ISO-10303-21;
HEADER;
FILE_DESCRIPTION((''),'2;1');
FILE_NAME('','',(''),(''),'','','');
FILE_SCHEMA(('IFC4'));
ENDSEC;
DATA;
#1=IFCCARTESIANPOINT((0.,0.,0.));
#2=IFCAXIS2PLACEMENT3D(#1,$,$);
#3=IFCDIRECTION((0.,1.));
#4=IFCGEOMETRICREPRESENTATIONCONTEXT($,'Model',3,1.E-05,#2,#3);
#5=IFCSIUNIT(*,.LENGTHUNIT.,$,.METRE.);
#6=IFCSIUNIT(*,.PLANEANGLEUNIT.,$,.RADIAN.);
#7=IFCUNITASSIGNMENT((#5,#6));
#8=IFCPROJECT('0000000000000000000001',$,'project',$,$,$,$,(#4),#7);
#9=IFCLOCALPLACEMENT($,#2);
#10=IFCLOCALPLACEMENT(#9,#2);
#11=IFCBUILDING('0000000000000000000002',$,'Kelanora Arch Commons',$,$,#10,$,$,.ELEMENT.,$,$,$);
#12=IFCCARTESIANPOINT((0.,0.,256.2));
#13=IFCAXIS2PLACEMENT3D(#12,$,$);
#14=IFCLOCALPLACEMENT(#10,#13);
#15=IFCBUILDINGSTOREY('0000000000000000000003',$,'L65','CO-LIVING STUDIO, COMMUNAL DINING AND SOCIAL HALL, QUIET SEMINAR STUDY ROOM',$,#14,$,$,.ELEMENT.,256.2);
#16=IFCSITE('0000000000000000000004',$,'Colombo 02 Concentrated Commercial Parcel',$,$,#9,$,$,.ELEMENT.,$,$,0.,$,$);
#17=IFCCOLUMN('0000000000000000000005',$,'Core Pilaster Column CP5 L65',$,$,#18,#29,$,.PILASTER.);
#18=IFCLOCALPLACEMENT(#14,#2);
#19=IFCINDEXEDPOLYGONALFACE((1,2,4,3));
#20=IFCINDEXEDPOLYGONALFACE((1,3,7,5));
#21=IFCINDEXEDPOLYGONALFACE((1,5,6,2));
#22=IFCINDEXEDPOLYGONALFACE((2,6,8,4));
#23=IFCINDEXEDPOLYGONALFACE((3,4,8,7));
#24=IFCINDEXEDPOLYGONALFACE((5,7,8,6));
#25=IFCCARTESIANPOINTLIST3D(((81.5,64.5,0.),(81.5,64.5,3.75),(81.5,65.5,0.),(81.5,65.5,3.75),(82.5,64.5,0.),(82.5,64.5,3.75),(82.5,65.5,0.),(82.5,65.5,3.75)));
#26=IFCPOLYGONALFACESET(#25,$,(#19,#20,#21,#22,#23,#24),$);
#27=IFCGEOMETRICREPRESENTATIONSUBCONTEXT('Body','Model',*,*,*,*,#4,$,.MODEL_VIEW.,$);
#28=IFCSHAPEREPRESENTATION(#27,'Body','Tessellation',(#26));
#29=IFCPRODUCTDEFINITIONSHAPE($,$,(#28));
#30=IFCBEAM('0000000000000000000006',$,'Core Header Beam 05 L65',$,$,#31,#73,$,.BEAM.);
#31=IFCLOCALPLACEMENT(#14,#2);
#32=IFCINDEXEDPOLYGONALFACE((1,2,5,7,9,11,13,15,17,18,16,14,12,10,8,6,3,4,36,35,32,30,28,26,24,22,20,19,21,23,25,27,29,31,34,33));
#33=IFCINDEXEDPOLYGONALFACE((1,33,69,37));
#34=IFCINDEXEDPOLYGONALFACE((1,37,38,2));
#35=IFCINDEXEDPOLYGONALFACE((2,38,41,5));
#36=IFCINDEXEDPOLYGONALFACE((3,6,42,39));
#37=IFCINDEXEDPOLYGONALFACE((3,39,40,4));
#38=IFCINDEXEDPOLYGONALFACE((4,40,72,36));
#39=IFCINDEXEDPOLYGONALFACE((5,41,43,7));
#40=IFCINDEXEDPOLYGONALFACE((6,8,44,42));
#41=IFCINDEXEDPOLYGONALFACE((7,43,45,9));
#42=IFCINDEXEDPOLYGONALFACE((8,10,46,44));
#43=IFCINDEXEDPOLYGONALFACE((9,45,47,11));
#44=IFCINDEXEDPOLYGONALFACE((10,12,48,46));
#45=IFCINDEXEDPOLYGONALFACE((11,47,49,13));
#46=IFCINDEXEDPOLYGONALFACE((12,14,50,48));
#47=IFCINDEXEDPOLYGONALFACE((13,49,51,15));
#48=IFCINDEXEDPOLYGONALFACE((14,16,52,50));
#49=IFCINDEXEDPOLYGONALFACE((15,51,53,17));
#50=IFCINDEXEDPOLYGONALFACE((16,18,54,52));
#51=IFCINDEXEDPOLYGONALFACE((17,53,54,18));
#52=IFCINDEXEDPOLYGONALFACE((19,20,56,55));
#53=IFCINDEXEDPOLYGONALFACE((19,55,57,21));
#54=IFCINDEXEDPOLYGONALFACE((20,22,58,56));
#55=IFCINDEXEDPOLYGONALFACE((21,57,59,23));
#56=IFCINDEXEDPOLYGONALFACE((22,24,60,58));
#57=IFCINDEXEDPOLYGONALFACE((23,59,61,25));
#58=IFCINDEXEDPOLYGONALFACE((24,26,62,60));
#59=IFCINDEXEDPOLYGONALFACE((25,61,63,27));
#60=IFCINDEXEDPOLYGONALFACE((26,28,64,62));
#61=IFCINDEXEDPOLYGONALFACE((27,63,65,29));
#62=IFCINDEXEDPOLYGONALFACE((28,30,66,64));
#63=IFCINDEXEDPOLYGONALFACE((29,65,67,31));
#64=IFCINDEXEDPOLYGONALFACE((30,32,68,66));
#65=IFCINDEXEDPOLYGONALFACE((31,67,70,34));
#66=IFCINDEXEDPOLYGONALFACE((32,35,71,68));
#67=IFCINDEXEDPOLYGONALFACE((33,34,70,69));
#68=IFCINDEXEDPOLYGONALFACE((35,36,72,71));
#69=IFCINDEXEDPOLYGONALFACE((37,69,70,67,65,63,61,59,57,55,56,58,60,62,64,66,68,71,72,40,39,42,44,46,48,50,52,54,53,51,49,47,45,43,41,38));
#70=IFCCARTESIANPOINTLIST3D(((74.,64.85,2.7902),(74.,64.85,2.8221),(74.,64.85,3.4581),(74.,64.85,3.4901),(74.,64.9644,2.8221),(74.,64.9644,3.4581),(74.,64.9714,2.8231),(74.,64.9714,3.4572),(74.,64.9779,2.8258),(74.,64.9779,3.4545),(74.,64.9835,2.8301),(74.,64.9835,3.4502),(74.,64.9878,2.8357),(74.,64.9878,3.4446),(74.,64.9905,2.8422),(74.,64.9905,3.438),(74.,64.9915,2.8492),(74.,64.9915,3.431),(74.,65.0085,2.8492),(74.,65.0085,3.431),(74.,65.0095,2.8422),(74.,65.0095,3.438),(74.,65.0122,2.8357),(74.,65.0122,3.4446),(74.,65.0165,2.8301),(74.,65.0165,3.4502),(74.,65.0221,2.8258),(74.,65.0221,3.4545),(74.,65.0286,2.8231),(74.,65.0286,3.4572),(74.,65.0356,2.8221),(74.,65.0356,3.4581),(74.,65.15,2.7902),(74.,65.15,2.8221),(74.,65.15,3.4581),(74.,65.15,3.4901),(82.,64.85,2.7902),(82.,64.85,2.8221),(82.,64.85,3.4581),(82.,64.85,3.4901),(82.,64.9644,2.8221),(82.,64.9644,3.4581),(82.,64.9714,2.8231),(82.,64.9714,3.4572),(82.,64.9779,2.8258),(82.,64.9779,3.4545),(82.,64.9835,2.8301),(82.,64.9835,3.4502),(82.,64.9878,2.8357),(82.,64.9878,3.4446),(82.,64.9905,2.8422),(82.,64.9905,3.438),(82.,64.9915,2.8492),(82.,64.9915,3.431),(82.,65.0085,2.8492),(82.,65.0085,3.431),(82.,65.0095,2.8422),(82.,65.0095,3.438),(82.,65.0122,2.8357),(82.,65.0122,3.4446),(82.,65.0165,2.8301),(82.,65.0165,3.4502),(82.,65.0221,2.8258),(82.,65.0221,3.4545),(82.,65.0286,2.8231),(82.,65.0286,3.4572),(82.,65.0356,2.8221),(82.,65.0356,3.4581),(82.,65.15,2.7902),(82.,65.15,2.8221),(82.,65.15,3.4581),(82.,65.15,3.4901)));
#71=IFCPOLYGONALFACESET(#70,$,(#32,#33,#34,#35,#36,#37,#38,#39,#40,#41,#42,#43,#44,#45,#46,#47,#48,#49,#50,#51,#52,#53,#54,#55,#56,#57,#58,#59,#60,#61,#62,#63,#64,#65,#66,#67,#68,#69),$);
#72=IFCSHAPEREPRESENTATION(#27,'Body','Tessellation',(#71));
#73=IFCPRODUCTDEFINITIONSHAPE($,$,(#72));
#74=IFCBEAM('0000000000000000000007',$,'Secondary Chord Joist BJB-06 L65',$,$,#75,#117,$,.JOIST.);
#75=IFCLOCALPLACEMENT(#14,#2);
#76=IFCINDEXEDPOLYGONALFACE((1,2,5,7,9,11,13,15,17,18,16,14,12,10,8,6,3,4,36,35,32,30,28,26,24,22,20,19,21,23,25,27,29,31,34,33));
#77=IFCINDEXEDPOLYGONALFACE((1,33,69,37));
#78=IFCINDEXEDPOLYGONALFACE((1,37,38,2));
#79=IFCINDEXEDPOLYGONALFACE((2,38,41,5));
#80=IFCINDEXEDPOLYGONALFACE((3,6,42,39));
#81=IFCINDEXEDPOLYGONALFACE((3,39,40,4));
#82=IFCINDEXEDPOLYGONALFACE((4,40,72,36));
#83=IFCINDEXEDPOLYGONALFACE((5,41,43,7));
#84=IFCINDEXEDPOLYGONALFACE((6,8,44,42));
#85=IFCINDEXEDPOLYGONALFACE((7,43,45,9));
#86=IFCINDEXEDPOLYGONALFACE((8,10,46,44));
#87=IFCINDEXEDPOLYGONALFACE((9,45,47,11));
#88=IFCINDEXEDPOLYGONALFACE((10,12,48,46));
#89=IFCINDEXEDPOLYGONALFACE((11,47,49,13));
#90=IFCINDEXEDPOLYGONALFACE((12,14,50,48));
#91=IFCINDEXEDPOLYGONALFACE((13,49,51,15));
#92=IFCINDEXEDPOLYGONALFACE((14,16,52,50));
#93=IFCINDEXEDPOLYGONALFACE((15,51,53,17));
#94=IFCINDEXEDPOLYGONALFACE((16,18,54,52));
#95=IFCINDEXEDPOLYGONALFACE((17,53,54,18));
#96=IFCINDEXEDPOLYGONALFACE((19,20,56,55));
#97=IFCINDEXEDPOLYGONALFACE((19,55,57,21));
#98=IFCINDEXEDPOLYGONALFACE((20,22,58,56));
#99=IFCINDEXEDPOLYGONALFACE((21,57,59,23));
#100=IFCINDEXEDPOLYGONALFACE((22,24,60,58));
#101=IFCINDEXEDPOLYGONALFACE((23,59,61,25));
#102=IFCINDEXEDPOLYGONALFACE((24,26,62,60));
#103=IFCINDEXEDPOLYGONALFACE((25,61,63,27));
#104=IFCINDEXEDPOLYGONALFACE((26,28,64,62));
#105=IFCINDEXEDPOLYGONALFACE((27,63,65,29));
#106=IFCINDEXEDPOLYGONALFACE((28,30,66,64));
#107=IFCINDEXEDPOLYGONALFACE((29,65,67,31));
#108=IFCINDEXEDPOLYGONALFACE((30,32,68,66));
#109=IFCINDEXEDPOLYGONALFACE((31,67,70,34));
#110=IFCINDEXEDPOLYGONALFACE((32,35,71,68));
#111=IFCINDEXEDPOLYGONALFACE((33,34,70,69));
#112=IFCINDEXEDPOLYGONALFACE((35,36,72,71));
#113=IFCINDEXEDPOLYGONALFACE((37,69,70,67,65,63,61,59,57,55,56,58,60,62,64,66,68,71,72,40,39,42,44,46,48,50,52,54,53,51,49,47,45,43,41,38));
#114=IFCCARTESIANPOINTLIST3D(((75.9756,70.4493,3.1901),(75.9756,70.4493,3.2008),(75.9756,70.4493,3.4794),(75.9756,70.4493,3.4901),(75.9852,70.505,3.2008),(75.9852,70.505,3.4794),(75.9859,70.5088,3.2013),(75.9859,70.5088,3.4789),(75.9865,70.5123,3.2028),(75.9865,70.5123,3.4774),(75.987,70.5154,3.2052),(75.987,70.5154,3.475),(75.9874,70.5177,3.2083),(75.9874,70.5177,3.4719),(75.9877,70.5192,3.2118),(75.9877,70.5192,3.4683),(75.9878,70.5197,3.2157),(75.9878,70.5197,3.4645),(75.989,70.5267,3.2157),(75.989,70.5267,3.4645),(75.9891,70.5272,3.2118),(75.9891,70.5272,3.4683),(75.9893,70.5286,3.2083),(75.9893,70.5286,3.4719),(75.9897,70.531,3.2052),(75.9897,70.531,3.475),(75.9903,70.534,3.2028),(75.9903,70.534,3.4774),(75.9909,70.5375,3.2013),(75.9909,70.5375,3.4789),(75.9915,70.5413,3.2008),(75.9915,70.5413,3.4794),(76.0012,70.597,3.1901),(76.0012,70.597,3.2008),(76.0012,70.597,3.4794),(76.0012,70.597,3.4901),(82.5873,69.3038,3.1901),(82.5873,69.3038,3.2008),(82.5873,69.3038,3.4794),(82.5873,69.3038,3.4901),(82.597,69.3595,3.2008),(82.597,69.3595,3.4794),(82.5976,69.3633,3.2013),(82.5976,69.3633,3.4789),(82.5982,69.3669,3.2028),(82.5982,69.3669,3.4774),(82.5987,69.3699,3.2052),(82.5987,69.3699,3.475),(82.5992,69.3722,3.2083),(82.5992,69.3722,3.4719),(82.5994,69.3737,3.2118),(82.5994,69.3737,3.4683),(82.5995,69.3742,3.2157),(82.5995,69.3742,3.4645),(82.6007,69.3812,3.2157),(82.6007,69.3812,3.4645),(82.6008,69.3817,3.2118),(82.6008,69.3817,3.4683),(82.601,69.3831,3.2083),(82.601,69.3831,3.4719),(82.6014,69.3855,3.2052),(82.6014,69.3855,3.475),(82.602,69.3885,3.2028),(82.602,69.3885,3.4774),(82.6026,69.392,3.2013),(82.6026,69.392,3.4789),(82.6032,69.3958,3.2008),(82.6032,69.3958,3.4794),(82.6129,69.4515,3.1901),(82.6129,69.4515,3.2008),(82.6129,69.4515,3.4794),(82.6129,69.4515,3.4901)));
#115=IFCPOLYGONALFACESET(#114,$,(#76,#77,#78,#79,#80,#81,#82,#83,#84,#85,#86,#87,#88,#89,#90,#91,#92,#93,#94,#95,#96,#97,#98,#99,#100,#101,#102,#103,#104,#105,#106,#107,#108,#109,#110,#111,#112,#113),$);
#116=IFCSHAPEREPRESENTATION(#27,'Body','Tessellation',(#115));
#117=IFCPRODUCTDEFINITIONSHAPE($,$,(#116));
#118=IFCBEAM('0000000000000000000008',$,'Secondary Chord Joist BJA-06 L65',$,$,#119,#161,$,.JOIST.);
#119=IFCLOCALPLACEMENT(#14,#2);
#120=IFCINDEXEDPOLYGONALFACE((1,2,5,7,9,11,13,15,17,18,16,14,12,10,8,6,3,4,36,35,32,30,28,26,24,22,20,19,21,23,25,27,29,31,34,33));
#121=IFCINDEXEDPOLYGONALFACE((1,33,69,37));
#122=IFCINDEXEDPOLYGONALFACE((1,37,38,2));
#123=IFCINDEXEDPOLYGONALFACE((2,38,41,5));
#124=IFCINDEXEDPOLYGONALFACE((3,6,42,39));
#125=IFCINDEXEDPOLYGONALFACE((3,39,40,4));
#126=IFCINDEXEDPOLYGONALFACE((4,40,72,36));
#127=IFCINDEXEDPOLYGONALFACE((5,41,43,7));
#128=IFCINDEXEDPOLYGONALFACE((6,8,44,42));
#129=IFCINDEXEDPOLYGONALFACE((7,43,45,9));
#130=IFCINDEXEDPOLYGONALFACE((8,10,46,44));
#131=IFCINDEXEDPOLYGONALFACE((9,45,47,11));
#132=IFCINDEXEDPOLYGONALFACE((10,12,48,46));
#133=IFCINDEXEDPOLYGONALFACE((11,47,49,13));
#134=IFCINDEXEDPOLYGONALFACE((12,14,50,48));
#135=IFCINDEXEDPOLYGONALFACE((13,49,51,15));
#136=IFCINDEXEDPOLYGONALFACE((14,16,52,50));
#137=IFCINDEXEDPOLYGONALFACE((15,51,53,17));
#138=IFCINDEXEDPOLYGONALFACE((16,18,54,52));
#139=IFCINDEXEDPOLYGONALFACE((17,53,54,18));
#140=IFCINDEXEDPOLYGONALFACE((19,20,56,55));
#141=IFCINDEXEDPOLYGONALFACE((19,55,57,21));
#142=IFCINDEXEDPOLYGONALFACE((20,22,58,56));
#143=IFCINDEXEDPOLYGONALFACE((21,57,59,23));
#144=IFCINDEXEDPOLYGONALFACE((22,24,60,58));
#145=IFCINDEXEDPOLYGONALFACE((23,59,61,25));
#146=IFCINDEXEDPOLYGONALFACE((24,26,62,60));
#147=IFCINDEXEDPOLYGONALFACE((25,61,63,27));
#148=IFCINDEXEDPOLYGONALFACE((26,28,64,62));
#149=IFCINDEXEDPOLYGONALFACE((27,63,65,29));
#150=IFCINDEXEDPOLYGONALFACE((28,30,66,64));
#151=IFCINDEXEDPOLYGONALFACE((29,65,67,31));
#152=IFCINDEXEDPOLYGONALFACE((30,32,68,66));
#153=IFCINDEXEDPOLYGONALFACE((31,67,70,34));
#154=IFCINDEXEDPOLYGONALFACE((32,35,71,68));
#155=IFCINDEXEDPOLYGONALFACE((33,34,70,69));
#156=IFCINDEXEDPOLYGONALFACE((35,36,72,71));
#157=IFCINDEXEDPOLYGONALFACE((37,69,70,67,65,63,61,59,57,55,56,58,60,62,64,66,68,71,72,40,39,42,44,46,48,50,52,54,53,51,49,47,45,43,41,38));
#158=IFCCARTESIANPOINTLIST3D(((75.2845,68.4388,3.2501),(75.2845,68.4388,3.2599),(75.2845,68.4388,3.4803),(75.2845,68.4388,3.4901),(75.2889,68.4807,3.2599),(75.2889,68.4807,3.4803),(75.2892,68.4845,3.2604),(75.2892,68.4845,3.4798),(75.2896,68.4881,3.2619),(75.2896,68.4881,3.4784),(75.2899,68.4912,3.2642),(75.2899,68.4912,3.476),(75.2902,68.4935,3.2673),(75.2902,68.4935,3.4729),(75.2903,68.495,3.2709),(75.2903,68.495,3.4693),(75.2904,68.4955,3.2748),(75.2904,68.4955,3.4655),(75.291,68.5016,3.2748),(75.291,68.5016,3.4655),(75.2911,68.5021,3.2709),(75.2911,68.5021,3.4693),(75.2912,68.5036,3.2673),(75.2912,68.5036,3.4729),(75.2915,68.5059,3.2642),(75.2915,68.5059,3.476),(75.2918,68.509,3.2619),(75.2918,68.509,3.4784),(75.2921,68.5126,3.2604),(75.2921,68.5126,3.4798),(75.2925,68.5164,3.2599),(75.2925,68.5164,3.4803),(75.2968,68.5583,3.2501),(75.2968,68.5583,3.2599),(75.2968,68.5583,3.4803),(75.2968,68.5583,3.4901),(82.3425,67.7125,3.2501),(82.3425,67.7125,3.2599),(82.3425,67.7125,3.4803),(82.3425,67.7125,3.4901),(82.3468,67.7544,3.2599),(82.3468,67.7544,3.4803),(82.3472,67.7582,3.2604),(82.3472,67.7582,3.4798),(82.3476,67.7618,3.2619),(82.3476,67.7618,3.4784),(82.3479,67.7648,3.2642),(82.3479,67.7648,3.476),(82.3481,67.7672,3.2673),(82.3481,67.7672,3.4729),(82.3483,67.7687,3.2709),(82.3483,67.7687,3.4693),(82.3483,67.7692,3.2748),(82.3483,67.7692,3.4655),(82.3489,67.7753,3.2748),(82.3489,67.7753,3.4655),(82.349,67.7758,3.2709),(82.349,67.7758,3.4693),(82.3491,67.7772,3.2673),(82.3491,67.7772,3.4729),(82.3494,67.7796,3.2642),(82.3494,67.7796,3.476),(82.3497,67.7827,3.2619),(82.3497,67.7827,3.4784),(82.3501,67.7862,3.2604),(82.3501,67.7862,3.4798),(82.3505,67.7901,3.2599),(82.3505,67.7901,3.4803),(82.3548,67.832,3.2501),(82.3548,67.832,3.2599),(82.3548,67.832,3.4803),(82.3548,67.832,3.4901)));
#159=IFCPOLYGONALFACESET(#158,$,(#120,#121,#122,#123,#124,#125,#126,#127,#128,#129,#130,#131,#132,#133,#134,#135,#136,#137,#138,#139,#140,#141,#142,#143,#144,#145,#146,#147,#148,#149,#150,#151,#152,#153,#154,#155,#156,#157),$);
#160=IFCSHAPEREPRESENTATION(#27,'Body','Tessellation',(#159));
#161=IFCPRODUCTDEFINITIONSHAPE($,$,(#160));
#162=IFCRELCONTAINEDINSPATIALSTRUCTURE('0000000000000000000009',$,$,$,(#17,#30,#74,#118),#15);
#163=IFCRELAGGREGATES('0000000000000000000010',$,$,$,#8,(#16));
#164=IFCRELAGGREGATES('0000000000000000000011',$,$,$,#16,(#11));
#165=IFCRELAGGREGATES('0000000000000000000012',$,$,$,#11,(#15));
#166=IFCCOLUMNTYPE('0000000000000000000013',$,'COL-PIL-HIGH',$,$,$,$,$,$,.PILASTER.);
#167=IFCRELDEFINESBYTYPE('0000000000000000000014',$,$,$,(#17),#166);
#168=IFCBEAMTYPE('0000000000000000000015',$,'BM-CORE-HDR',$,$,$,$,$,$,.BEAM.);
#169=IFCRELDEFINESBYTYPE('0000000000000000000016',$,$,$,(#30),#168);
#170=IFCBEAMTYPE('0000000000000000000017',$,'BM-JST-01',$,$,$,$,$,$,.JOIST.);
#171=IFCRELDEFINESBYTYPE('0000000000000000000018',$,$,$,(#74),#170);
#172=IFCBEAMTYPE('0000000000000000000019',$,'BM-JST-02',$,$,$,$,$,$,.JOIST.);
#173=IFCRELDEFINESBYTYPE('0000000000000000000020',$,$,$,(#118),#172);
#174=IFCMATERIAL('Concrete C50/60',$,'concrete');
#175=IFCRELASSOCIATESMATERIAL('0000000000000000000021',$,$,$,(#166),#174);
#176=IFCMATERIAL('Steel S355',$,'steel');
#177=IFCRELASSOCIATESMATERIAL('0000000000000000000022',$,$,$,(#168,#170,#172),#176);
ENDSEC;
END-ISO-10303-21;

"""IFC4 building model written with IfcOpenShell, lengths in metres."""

from ifc_helpers import new_model, si_unit, direction, frame, origin, origin_2d, place, context, subcontext, project, spatial, rectangle, i_section, extrude, material, material_profile, profile_set, type_object, element, save


model = new_model("IFC4")

# Units and contexts
model_context = context("Model", 3, precision=1e-05, world=origin(), true_north=direction((0.0, 1.0)))
body_context = subcontext(model_context, "Body", "Model", "MODEL_VIEW")
ifc_project = project(units=[si_unit("LENGTHUNIT", "METRE"), si_unit("PLANEANGLEUNIT", "RADIAN")], contexts=[model_context])

# Site, building, storey
site_placement = place(None, origin())
site = spatial("IfcSite", under=ifc_project, at=site_placement, Name="Colombo 02 Concentrated Commercial Parcel", CompositionType="ELEMENT", RefElevation=0.0)
building_placement = place(site_placement, origin())
building = spatial("IfcBuilding", under=site, at=building_placement, Name="Kelanora Arch Commons", CompositionType="ELEMENT")
storey_placement = place(building_placement, frame((0.0, 0.0, 256.2)))
storey = spatial("IfcBuildingStorey", under=building, at=storey_placement, Name="L65", Description="CO-LIVING STUDIO, COMMUNAL DINING AND SOCIAL HALL, QUIET SEMINAR STUDY ROOM", CompositionType="ELEMENT", Elevation=256.2)

# Column
ifc_material_1 = material(Name="Concrete C50/60", Category="concrete")
ifc_material_profile_1 = material_profile(ifc_material_1, rectangle(XDim=1.0, YDim=1.0, at=origin_2d()), Name="RC1000x1000")
ifc_profile_set_1 = profile_set([ifc_material_profile_1], Name="Concrete C50/60")
column_type = type_object("IfcColumnType", Name="COL-PIL-HIGH", PredefinedType="PILASTER", material=ifc_profile_set_1)
column_placement = place(storey_placement, frame((82.0, 65.0, 0.0), z_axis=(0.0, 0.0, 1.0), x_axis=(1.0, 0.0, 0.0)))
element("IfcColumn", 1, at=column_placement, inside=storey, type_object=column_type, Name="Core Pilaster Column CP5 L65", PredefinedType="PILASTER", context=body_context, shape_type="SweptSolid", body=[
    extrude(rectangle(XDim=1.0, YDim=1.0, at=origin_2d()), origin(), (0.0, 0.0, 1.0), 3.75),
])

# Beams
ifc_material_2 = material(Name="Steel S355", Category="steel")
ifc_material_profile_2 = material_profile(ifc_material_2, i_section(OverallWidth=0.3, OverallDepth=0.7, WebThickness=0.0171, FlangeThickness=0.032, FilletRadius=0.0271, at=origin_2d()), Name="HEB700")
ifc_profile_set_2 = profile_set([ifc_material_profile_2], Name="Steel S355")
beam_type_1 = type_object("IfcBeamType", Name="BM-CORE-HDR", PredefinedType="BEAM", material=ifc_profile_set_2)
beam_1_placement = place(storey_placement, frame((82.0, 65.0, 3.1401), z_axis=(-1.0, 0.0, 0.0), x_axis=(0.0, -1.0, 0.0)))
element("IfcBeam", 2, at=beam_1_placement, inside=storey, type_object=beam_type_1, Name="Core Header Beam 05 L65", PredefinedType="BEAM", context=body_context, shape_type="SweptSolid", body=[
    extrude(i_section(OverallWidth=0.3, OverallDepth=0.7, WebThickness=0.0171, FlangeThickness=0.032, FilletRadius=0.0271, at=origin_2d()), origin(), (0.0, 0.0, 1.0), 8.0),
])
ifc_material_profile_3 = material_profile(ifc_material_2, i_section(OverallWidth=0.1499, OverallDepth=0.3, WebThickness=0.0071, FlangeThickness=0.0107, FilletRadius=0.0149, at=origin_2d()), Name="IPE300")
ifc_profile_set_3 = profile_set([ifc_material_profile_3], Name="Steel S355")
beam_type_2 = type_object("IfcBeamType", Name="BM-JST-01", PredefinedType="JOIST", material=ifc_profile_set_3)
beam_2_placement = place(storey_placement, frame((82.6001, 69.3777, 3.3401), z_axis=(-0.985322, 0.170709, 0.0), x_axis=(-0.170709, -0.985322, 0.0)))
element("IfcBeam", 3, at=beam_2_placement, inside=storey, type_object=beam_type_2, Name="Secondary Chord Joist BJB-06 L65", PredefinedType="JOIST", context=body_context, shape_type="SweptSolid", body=[
    extrude(i_section(OverallWidth=0.1499, OverallDepth=0.3, WebThickness=0.0071, FlangeThickness=0.0107, FilletRadius=0.0149, at=origin_2d()), origin(), (0.0, 0.0, 1.0), 6.7102),
])
ifc_material_profile_4 = material_profile(ifc_material_2, i_section(OverallWidth=0.1201, OverallDepth=0.24, WebThickness=0.0061, FlangeThickness=0.0098, FilletRadius=0.0149, at=origin_2d()), Name="IPE240")
ifc_profile_set_4 = profile_set([ifc_material_profile_4], Name="Steel S355")
beam_type_3 = type_object("IfcBeamType", Name="BM-JST-02", PredefinedType="JOIST", material=ifc_profile_set_4)
beam_3_placement = place(storey_placement, frame((82.3486, 67.7722, 3.3701), z_axis=(-0.994747, 0.102369, 0.0), x_axis=(-0.102369, -0.994747, 0.0)))
element("IfcBeam", 4, at=beam_3_placement, inside=storey, type_object=beam_type_3, Name="Secondary Chord Joist BJA-06 L65", PredefinedType="JOIST", context=body_context, shape_type="SweptSolid", body=[
    extrude(i_section(OverallWidth=0.1201, OverallDepth=0.24, WebThickness=0.0061, FlangeThickness=0.0098, FilletRadius=0.0149, at=origin_2d()), origin(), (0.0, 0.0, 1.0), 7.0952),
])

save(model, "model.ifc")
